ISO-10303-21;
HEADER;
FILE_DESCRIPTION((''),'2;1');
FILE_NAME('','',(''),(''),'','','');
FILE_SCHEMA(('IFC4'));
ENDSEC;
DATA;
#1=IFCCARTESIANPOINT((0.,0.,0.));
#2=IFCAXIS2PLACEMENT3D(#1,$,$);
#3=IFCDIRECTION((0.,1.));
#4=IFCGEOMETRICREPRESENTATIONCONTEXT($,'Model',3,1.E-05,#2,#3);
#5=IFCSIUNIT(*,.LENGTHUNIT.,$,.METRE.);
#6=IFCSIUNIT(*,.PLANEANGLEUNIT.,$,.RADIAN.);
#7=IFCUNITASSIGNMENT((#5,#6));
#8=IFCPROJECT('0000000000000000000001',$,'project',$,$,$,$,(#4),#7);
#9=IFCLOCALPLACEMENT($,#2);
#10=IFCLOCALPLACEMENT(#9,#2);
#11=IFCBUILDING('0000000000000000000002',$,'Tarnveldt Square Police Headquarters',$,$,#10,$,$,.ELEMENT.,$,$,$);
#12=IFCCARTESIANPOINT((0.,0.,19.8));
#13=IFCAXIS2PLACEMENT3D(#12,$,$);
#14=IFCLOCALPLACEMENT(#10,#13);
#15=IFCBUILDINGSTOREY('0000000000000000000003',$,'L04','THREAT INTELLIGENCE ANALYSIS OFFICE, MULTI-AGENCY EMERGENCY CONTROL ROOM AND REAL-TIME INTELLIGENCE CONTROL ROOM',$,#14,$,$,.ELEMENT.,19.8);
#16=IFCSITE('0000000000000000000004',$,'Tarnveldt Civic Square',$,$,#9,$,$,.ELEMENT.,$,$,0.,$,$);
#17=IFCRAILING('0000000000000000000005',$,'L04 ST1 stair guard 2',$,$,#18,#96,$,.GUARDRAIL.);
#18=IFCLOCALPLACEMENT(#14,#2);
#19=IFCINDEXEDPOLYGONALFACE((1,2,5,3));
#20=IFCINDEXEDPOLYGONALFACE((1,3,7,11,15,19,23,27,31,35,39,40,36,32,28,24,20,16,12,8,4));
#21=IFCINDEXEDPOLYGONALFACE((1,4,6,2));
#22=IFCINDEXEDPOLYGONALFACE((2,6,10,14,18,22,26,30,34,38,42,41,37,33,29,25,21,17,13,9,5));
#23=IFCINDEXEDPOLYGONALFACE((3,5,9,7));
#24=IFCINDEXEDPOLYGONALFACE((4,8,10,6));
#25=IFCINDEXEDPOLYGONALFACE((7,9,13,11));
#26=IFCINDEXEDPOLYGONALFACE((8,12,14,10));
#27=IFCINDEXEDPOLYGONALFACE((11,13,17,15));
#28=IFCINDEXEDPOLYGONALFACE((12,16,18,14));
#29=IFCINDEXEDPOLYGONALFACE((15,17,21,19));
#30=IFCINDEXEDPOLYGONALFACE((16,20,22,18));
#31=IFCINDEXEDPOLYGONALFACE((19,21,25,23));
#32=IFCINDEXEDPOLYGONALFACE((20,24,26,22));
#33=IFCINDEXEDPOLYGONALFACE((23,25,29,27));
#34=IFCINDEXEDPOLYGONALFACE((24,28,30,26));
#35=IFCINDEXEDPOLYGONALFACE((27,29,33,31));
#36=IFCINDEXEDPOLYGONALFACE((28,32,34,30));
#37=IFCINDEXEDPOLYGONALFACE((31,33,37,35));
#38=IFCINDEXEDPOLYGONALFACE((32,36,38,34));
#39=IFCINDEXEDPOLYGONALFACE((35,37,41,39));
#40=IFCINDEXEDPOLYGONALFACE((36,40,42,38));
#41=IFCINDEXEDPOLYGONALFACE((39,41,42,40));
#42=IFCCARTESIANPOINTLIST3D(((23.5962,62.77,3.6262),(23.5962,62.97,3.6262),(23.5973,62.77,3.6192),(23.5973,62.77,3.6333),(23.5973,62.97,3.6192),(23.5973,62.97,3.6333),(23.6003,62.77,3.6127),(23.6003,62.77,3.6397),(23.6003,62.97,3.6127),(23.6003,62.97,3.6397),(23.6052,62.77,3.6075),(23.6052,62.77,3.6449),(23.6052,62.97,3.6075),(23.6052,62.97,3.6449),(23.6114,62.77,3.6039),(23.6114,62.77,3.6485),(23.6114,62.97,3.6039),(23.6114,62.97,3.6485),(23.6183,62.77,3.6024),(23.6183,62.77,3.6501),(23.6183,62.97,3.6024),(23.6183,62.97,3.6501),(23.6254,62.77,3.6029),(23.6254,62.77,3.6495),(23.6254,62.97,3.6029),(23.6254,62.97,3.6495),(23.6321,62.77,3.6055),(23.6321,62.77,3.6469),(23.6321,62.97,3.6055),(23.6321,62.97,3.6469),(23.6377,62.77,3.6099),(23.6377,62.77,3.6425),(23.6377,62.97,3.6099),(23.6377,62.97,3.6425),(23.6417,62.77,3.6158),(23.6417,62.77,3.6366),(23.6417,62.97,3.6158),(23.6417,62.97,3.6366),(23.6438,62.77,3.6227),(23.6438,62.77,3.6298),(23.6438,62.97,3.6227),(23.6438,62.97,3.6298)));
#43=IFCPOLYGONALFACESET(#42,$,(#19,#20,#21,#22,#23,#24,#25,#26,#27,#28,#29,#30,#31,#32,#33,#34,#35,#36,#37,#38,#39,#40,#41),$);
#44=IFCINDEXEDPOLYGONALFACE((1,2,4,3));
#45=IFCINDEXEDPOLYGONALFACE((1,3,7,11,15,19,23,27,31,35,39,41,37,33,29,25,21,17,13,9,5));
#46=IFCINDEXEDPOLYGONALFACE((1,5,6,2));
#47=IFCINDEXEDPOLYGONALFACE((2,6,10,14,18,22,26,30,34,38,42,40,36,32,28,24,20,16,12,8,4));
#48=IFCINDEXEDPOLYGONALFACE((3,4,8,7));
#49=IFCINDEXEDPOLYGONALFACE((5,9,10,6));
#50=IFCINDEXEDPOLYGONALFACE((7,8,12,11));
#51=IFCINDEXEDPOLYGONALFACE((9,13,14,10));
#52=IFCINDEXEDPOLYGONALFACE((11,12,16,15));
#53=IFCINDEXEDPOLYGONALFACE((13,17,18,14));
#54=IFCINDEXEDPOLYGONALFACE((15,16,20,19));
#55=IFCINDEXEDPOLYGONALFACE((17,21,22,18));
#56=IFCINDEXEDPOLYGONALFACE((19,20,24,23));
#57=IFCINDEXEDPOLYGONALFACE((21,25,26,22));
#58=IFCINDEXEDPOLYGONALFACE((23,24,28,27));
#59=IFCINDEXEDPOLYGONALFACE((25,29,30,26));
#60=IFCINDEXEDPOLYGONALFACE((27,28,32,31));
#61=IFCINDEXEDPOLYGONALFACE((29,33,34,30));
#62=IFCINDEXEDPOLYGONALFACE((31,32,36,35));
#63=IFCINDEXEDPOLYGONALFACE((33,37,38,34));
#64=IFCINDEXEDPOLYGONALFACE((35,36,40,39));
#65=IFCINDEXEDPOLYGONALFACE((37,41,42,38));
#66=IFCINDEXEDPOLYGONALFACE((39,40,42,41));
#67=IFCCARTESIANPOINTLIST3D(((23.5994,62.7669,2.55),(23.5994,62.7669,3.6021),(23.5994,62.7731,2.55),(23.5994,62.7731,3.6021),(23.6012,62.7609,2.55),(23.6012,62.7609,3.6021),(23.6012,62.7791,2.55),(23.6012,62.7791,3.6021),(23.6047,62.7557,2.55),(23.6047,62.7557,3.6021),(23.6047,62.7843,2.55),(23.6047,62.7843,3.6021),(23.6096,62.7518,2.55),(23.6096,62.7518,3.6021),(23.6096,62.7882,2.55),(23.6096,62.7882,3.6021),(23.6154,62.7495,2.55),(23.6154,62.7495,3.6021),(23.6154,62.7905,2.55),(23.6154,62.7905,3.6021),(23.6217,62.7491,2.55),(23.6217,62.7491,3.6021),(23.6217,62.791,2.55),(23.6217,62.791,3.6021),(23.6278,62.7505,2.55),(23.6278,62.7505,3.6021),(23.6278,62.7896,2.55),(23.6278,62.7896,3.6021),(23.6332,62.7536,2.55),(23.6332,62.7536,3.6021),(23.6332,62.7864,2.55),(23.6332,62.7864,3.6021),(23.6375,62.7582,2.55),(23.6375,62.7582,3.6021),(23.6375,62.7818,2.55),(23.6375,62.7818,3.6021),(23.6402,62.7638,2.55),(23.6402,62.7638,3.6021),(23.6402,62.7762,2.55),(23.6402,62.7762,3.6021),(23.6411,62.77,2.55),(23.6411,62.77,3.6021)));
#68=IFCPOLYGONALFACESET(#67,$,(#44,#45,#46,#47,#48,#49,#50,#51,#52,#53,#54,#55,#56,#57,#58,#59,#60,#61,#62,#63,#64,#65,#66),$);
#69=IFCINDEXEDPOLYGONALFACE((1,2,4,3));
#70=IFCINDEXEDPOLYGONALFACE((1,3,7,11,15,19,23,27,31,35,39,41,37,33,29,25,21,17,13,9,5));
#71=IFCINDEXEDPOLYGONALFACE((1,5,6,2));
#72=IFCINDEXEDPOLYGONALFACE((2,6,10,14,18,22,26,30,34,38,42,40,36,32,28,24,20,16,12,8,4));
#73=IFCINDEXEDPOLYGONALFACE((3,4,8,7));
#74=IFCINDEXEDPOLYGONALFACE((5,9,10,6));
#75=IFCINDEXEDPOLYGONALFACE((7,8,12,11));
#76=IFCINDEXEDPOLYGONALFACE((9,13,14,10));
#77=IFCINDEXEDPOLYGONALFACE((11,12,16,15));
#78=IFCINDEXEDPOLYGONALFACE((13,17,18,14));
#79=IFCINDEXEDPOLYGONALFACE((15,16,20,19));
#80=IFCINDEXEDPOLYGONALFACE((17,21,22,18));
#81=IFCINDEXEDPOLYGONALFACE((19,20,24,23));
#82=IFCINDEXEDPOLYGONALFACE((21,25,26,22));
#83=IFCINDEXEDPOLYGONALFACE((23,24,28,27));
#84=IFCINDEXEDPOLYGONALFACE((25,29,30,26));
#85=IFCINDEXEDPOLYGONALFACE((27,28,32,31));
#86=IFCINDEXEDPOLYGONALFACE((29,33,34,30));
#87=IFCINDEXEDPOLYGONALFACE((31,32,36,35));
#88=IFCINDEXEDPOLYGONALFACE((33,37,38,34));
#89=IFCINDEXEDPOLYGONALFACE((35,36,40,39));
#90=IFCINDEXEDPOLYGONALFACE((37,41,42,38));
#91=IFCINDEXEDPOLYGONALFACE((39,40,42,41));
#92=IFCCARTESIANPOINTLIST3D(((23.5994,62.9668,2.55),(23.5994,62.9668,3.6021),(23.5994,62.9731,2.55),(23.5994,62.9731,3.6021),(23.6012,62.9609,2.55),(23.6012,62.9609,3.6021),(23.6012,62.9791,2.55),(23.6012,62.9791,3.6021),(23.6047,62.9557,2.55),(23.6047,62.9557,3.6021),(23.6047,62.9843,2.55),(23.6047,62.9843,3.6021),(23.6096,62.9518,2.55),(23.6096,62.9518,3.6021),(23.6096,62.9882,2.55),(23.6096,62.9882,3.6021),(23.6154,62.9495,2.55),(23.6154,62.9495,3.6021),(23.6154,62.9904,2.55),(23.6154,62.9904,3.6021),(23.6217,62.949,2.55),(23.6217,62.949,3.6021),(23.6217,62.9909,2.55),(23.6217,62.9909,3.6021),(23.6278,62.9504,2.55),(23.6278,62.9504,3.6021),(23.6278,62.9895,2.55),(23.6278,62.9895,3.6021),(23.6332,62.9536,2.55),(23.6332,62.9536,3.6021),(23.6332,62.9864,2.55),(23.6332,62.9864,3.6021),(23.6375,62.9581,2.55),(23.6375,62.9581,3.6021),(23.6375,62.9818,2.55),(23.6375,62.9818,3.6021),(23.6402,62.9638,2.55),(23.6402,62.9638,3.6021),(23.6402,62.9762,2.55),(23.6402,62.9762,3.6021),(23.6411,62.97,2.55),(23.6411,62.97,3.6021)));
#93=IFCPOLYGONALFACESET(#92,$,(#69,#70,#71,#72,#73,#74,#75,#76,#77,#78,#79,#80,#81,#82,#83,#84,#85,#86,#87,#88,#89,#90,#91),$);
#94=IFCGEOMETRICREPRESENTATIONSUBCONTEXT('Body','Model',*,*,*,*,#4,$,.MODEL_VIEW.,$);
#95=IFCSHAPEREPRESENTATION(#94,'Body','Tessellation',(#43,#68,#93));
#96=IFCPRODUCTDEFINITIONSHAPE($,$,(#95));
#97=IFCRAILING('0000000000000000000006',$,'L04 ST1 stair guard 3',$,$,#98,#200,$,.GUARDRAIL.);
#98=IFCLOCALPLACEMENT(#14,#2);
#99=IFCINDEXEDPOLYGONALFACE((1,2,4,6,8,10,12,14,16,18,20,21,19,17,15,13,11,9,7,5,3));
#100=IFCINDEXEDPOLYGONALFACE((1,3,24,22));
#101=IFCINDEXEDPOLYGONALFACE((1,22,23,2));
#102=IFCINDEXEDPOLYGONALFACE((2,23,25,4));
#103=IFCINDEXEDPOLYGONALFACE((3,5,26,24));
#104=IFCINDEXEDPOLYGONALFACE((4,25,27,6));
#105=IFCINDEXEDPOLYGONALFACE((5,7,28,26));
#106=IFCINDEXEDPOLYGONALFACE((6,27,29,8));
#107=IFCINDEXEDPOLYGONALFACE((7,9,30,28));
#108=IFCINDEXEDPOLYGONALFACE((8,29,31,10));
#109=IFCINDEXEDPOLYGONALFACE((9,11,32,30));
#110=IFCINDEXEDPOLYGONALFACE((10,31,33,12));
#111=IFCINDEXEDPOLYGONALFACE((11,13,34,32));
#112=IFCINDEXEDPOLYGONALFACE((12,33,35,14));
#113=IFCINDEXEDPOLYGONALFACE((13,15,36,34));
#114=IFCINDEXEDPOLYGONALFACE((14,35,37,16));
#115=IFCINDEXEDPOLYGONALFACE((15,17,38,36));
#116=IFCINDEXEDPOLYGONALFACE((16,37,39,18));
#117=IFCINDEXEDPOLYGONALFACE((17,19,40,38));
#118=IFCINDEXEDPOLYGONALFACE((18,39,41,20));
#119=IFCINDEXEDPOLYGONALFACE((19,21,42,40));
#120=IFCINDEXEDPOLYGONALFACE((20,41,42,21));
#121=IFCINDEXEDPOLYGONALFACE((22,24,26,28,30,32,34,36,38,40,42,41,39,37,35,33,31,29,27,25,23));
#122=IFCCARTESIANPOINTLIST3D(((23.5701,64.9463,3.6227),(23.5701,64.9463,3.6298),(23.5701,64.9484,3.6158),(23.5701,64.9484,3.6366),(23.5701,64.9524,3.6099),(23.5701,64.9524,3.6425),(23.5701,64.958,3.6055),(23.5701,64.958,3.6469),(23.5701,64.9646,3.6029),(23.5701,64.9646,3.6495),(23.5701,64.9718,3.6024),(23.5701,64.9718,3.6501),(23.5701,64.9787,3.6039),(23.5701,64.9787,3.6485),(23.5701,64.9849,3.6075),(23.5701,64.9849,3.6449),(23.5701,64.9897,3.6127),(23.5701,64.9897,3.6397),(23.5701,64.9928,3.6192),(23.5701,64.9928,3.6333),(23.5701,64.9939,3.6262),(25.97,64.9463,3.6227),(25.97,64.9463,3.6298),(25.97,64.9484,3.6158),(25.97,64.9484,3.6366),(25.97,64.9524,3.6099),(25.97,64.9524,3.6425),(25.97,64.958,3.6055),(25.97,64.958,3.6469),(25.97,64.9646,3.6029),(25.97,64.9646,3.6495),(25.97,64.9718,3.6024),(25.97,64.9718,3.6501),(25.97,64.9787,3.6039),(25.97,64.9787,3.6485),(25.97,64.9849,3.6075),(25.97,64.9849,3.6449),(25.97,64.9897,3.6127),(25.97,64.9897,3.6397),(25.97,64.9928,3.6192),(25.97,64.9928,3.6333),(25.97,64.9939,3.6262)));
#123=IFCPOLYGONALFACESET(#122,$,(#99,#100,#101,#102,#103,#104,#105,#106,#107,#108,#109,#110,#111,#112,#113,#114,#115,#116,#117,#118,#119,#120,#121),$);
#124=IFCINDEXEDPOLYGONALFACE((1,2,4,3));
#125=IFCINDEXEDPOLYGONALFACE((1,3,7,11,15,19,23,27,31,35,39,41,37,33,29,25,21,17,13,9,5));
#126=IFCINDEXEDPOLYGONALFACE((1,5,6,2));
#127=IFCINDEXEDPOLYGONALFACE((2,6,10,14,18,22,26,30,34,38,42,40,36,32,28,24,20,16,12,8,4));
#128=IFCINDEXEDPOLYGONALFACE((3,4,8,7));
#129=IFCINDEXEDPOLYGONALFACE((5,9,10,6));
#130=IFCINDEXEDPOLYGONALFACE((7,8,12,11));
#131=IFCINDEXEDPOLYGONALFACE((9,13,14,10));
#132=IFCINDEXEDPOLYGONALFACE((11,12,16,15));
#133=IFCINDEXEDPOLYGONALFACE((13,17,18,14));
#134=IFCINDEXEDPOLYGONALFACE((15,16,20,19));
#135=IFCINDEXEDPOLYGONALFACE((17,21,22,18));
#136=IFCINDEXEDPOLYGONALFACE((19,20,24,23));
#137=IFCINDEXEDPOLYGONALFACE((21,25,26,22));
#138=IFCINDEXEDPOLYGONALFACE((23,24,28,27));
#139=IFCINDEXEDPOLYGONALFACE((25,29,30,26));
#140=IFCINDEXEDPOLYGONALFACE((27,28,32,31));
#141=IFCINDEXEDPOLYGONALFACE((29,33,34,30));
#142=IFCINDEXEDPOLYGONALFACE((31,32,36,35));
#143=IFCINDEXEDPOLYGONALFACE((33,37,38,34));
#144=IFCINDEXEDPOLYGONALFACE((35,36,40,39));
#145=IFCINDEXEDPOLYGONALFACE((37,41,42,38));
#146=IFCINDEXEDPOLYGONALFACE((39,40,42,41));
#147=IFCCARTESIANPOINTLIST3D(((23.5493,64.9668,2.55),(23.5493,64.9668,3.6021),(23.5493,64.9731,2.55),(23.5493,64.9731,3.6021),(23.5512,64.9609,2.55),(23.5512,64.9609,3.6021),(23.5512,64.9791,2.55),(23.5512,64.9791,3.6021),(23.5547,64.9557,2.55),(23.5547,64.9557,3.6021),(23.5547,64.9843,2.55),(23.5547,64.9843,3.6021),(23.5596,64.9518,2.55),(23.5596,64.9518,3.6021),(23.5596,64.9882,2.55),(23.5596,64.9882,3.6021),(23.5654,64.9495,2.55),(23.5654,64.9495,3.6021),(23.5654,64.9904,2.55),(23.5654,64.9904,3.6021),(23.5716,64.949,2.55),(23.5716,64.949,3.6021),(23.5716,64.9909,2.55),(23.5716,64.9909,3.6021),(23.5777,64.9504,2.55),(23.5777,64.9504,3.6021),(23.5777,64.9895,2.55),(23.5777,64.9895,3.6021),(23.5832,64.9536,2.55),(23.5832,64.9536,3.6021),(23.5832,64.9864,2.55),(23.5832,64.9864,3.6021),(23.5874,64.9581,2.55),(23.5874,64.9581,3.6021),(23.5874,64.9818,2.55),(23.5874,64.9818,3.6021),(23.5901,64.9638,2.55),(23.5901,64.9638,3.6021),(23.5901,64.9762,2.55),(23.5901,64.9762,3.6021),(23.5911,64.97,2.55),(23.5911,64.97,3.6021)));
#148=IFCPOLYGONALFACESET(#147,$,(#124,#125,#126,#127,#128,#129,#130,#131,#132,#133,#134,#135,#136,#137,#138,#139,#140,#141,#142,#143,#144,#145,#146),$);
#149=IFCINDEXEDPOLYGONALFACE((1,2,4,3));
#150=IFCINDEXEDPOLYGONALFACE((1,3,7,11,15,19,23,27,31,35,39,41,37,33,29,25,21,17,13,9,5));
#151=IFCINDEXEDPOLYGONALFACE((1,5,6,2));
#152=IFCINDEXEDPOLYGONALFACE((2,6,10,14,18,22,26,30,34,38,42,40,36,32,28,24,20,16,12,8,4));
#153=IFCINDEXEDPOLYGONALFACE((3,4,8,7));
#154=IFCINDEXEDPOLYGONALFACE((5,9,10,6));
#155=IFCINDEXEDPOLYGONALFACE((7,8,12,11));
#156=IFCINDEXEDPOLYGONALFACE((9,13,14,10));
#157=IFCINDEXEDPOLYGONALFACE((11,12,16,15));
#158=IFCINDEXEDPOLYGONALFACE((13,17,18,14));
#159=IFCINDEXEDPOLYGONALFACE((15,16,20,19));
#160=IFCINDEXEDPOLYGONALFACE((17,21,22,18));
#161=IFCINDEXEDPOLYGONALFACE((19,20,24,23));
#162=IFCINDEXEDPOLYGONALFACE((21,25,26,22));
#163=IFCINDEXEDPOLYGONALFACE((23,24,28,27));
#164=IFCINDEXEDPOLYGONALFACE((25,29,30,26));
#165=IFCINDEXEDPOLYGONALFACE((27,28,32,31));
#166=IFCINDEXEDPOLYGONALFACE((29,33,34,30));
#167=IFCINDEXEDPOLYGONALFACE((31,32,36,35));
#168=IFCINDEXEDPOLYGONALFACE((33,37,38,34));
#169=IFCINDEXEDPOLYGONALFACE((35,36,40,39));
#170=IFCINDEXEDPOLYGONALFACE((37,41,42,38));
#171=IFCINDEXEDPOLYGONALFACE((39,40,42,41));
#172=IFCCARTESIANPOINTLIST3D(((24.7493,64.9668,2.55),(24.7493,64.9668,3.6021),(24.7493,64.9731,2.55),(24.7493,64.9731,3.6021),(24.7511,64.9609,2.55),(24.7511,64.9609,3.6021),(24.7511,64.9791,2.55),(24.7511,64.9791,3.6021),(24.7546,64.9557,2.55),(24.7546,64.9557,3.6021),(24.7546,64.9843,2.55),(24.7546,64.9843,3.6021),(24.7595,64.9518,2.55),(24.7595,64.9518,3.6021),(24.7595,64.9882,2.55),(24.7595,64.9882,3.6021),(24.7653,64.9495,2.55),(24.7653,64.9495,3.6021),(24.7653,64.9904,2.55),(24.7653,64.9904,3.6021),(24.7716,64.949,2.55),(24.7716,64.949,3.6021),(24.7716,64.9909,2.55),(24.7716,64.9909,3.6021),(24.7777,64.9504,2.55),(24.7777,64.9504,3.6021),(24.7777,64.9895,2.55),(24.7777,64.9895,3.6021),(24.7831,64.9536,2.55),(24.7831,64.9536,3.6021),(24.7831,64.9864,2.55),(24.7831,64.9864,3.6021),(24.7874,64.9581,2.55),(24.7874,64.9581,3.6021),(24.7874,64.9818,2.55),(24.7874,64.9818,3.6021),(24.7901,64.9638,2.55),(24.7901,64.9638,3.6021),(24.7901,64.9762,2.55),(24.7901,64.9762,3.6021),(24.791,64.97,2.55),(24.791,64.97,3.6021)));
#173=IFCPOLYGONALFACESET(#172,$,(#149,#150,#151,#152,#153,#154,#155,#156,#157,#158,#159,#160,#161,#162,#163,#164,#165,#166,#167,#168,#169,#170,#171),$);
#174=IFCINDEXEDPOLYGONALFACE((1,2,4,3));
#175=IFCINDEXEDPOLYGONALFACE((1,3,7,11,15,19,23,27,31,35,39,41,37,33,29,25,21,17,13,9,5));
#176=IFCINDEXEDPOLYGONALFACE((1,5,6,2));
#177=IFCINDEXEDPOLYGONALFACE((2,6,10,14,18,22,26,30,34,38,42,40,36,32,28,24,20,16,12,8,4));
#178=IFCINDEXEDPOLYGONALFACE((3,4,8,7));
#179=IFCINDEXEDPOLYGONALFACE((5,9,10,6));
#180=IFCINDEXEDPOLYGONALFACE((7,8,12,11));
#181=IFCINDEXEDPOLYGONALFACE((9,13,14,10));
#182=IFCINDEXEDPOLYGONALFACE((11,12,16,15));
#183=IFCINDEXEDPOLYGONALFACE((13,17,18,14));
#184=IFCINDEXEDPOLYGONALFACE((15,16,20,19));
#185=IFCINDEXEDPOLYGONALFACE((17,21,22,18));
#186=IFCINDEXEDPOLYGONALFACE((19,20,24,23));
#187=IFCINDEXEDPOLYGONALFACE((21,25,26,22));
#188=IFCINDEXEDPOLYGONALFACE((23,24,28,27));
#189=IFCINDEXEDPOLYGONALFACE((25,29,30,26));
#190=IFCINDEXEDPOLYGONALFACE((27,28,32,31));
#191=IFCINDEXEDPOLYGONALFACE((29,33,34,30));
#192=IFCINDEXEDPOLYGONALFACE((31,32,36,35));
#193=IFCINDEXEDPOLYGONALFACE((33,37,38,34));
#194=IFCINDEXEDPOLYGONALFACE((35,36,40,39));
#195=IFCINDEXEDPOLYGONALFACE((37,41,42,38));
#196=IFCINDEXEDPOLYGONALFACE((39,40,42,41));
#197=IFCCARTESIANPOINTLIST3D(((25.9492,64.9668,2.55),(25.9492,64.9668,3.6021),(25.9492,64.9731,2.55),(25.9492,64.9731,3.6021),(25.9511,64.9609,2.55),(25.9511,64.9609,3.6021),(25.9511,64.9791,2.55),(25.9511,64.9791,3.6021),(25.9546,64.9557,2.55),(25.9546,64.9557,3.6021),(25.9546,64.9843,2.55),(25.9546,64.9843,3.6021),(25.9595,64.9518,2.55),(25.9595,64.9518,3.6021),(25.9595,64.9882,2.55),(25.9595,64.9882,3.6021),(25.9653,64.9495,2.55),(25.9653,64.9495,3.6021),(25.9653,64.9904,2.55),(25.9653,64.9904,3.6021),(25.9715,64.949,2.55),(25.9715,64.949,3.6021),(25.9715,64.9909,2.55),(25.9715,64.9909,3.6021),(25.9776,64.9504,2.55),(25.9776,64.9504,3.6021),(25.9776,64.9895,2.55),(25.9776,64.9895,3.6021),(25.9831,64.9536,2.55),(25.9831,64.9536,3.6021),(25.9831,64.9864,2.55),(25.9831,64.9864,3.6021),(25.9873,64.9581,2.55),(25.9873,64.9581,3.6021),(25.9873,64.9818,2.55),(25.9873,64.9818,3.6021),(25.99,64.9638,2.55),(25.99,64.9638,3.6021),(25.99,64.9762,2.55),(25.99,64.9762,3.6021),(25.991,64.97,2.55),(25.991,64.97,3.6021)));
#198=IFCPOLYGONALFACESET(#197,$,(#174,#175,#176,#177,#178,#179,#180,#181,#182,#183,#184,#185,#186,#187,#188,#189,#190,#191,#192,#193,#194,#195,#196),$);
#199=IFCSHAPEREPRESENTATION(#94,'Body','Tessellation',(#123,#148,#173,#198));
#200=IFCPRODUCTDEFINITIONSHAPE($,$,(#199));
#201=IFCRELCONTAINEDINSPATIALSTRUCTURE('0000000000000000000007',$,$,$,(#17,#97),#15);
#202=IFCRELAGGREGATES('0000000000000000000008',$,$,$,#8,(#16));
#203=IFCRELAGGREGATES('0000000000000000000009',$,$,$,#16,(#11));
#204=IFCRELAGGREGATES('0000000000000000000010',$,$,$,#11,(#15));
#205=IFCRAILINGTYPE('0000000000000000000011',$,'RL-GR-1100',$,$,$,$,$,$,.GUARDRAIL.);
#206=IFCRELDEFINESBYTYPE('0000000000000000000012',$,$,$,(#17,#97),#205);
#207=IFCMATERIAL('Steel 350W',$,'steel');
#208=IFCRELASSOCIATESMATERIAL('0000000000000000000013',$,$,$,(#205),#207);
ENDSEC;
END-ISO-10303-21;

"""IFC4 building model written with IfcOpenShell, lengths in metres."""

from ifc_helpers import new_model, si_unit, direction, frame, origin, origin_2d, place, context, subcontext, project, spatial, circle, extrude, material, type_object, element, save


model = new_model("IFC4")

# Units and contexts
model_context = context("Model", 3, precision=1e-05, world=origin(), true_north=direction((0.0, 1.0)))
body_context = subcontext(model_context, "Body", "Model", "MODEL_VIEW")
ifc_project = project(units=[si_unit("LENGTHUNIT", "METRE"), si_unit("PLANEANGLEUNIT", "RADIAN")], contexts=[model_context])

# Site, building, storey
site_placement = place(None, origin())
site = spatial("IfcSite", under=ifc_project, at=site_placement, Name="Tarnveldt Civic Square", CompositionType="ELEMENT", RefElevation=0.0)
building_placement = place(site_placement, origin())
building = spatial("IfcBuilding", under=site, at=building_placement, Name="Tarnveldt Square Police Headquarters", CompositionType="ELEMENT")
storey_placement = place(building_placement, frame((0.0, 0.0, 19.8)))
storey = spatial("IfcBuildingStorey", under=building, at=storey_placement, Name="L04", Description="THREAT INTELLIGENCE ANALYSIS OFFICE, MULTI-AGENCY EMERGENCY CONTROL ROOM AND REAL-TIME INTELLIGENCE CONTROL ROOM", CompositionType="ELEMENT", Elevation=19.8)

# Shared definitions
ifc_material_1 = material(Name="Steel 350W", Category="steel")

# Railings
railing_type_1 = type_object("IfcRailingType", Name="RL-GR-1100", PredefinedType="GUARDRAIL", material=ifc_material_1)
railing_1_placement = place(storey_placement, frame((23.6201, 62.77, 2.55)))
element("IfcRailing", 1, at=railing_1_placement, inside=storey, type_object=railing_type_1, Name="L04 ST1 stair guard 2", PredefinedType="GUARDRAIL", context=body_context, shape_type="SweptSolid", body=[
    extrude(circle(Radius=0.0239, at=origin_2d()), frame((0.0, 0.0, 1.0762), z_axis=(0.0, 1.0, 0.0), x_axis=(-1.0, 0.0, 0.0)), (0.0, 0.0, 1.0), 0.2),
    extrude(circle(Radius=0.021, at=origin_2d()), origin(), (0.0, 0.0, 1.0), 1.052),
    extrude(circle(Radius=0.021, at=origin_2d()), frame((0.0, 0.2, 0.0)), (0.0, 0.0, 1.0), 1.052),
])
railing_2_placement = place(storey_placement, frame((23.5701, 64.97, 2.55)))
element("IfcRailing", 2, at=railing_2_placement, inside=storey, type_object=railing_type_1, Name="L04 ST1 stair guard 3", PredefinedType="GUARDRAIL", context=body_context, shape_type="SweptSolid", body=[
    extrude(circle(Radius=0.0239, at=origin_2d()), frame((0.0, 0.0, 1.0762), z_axis=(1.0, 0.0, 0.0), x_axis=(0.0, 1.0, 0.0)), (0.0, 0.0, 1.0), 2.3999),
    extrude(circle(Radius=0.021, at=origin_2d()), origin(), (0.0, 0.0, 1.0), 1.052),
    extrude(circle(Radius=0.021, at=origin_2d()), frame((1.2, 0.0, 0.0)), (0.0, 0.0, 1.0), 1.052),
    extrude(circle(Radius=0.021, at=origin_2d()), frame((2.3999, 0.0, 0.0)), (0.0, 0.0, 1.0), 1.052),
])

save(model, "model.ifc")
